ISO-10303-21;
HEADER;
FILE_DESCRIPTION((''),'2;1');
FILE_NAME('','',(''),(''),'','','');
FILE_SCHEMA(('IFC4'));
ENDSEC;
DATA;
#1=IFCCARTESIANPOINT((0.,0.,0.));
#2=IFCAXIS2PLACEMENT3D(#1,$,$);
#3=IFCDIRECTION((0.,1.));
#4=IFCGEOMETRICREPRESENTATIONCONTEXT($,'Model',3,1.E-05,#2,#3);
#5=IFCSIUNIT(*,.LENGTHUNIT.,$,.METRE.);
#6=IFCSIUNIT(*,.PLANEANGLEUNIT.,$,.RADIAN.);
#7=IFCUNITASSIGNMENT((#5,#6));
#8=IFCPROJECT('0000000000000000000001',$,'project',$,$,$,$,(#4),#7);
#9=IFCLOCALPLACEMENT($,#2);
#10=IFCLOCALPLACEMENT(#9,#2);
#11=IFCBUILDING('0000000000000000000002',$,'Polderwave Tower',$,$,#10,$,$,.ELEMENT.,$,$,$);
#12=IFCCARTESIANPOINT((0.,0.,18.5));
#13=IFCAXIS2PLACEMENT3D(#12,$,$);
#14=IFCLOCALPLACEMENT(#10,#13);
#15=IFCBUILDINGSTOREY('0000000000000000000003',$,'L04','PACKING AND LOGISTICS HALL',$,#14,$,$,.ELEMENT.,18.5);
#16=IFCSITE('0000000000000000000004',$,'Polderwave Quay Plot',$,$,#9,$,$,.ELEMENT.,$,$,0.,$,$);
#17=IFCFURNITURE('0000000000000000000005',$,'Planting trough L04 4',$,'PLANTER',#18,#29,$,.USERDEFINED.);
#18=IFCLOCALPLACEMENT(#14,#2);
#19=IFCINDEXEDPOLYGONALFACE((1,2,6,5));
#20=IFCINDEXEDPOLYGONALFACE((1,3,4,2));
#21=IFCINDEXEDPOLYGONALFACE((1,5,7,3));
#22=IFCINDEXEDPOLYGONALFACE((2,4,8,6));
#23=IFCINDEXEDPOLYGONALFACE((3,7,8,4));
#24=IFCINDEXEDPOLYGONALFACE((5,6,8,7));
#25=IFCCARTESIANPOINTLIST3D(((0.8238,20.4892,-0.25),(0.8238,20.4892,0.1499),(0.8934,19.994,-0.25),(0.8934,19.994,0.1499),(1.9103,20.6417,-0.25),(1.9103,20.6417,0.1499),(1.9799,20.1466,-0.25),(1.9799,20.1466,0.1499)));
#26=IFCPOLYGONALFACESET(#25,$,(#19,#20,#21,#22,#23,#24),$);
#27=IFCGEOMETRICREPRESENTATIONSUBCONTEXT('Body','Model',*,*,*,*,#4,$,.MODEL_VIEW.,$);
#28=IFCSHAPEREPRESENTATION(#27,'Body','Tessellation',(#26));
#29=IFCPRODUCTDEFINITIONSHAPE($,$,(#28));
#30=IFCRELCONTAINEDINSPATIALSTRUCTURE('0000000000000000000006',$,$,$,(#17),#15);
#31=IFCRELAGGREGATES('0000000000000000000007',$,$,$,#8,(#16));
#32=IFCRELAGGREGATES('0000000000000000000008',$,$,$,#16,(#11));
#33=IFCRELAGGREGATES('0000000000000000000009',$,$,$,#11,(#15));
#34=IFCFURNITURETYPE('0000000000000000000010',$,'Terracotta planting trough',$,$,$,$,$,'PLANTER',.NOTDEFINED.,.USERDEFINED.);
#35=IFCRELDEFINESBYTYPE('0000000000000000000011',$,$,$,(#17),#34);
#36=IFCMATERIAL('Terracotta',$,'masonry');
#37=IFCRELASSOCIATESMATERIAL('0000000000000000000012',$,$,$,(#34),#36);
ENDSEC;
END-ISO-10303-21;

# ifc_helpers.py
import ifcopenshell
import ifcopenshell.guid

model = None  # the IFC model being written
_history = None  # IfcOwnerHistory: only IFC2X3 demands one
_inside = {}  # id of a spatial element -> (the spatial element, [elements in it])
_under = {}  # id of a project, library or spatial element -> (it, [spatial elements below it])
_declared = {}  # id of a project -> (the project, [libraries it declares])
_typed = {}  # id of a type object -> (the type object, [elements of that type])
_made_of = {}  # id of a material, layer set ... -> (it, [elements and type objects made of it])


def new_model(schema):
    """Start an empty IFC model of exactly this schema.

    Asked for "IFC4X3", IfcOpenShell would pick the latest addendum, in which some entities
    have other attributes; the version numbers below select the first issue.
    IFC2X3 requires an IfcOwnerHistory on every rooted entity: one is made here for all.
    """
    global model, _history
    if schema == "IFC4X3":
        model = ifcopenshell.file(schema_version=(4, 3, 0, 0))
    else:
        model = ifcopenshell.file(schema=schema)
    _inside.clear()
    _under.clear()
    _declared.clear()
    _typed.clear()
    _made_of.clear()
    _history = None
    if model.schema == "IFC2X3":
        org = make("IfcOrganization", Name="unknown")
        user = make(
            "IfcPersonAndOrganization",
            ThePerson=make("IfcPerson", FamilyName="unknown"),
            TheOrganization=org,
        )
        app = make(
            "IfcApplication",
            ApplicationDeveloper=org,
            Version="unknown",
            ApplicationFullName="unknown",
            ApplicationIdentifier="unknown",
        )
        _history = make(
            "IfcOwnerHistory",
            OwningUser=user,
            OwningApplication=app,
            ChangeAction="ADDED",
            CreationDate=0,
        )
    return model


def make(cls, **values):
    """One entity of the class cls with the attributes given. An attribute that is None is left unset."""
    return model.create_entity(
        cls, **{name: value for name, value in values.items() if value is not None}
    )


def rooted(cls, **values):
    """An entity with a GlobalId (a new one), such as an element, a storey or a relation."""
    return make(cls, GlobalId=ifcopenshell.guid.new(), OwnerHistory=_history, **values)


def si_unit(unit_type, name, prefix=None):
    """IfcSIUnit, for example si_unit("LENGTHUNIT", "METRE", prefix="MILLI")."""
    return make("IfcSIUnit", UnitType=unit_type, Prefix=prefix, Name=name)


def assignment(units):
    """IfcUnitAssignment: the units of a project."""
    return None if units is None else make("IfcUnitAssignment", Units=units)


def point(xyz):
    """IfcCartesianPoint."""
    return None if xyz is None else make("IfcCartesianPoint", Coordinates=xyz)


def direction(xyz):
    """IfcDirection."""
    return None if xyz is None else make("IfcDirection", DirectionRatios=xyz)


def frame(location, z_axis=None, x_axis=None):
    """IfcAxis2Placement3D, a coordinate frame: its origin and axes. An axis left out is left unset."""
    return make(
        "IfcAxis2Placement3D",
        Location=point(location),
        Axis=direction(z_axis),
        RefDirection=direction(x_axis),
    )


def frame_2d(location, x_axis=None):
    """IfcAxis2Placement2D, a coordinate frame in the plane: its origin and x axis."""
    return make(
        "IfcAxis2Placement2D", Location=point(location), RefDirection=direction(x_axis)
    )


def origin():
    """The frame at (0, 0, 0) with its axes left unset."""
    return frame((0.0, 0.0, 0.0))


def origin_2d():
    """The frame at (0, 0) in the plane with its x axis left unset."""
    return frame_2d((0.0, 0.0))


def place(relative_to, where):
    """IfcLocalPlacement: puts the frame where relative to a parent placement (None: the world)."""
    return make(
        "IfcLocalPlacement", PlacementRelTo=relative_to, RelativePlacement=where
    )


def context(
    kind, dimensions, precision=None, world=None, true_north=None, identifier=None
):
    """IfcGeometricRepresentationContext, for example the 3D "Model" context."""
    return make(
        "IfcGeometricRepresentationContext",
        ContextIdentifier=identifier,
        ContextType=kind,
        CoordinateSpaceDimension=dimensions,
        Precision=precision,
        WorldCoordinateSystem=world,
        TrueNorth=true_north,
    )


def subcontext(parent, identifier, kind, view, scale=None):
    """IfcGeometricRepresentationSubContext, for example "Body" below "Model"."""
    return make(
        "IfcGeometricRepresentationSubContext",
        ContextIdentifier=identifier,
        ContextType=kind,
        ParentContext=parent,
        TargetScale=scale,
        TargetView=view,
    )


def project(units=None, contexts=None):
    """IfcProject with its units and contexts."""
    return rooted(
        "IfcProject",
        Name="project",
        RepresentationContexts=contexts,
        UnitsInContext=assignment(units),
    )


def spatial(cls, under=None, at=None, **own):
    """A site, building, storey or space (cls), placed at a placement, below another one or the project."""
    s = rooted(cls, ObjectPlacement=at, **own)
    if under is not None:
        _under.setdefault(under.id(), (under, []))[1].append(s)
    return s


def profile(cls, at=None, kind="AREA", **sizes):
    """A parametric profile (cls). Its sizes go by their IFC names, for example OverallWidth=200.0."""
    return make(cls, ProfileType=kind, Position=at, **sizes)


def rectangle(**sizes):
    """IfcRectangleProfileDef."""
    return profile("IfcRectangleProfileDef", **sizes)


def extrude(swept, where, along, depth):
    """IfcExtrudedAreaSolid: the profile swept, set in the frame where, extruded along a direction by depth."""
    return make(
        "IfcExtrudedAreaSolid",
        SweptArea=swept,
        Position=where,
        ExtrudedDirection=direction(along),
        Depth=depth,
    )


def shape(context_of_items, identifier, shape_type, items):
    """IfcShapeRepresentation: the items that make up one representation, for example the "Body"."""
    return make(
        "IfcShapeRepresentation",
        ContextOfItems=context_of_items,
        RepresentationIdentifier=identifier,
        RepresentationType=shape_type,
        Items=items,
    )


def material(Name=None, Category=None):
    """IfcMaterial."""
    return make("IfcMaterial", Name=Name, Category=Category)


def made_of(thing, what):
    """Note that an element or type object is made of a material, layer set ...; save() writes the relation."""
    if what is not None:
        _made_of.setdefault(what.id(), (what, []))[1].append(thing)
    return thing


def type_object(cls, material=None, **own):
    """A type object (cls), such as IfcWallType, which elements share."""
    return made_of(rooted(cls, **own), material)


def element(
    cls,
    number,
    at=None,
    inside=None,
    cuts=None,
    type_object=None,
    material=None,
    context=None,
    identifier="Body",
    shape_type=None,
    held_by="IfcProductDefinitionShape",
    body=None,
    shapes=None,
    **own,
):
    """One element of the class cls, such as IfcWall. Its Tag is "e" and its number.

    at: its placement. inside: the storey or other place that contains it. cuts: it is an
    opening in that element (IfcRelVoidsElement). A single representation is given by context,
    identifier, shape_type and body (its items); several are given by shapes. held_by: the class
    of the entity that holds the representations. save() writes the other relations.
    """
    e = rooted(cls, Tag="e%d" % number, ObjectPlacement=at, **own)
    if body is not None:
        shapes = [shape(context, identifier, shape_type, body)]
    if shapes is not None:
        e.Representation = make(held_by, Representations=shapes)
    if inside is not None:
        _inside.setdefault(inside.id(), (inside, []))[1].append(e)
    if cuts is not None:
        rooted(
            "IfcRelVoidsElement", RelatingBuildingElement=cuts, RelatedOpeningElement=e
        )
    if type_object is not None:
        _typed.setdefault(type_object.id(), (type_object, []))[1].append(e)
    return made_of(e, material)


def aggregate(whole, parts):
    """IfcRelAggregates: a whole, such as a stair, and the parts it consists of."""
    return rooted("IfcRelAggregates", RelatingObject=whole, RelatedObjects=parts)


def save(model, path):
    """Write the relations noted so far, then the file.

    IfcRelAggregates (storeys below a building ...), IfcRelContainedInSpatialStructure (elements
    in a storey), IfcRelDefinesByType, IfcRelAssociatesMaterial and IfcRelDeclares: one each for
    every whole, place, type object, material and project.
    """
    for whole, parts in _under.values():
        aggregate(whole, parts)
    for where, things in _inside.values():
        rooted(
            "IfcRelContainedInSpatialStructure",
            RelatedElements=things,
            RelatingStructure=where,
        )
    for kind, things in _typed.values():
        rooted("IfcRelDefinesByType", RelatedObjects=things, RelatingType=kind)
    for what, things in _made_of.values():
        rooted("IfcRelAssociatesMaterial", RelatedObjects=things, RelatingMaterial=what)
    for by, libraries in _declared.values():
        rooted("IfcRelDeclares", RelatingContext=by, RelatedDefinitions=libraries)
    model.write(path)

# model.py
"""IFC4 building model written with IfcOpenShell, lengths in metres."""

from ifc_helpers import new_model, si_unit, direction, frame, origin, origin_2d, place, context, subcontext, project, spatial, rectangle, extrude, material, type_object, element, save


model = new_model("IFC4")

# Units and contexts
model_context = context("Model", 3, precision=1e-05, world=origin(), true_north=direction((0.0, 1.0)))
body_context = subcontext(model_context, "Body", "Model", "MODEL_VIEW")
ifc_project = project(units=[si_unit("LENGTHUNIT", "METRE"), si_unit("PLANEANGLEUNIT", "RADIAN")], contexts=[model_context])

# Site, building, storey
site_placement = place(None, origin())
site = spatial("IfcSite", under=ifc_project, at=site_placement, Name="Polderwave Quay Plot", CompositionType="ELEMENT", RefElevation=0.0)
building_placement = place(site_placement, origin())
building = spatial("IfcBuilding", under=site, at=building_placement, Name="Polderwave Tower", CompositionType="ELEMENT")
storey_placement = place(building_placement, frame((0.0, 0.0, 18.5)))
storey = spatial("IfcBuildingStorey", under=building, at=storey_placement, Name="L04", Description="PACKING AND LOGISTICS HALL", CompositionType="ELEMENT", Elevation=18.5)

# Furniture
ifc_material_1 = material(Name="Terracotta", Category="masonry")
furniture_type = type_object("IfcFurnitureType", Name="Terracotta planting trough", ElementType="PLANTER", AssemblyPlace="NOTDEFINED", PredefinedType="USERDEFINED", material=ifc_material_1)
furniture_placement = place(storey_placement, frame((1.4019, 20.3179, -0.25), z_axis=(0.0, 0.0, 1.0), x_axis=(-0.990285, -0.13905, 0.0)))
element("IfcFurniture", 1, at=furniture_placement, inside=storey, type_object=furniture_type, Name="Planting trough L04 4", ObjectType="PLANTER", PredefinedType="USERDEFINED", context=body_context, shape_type="SweptSolid", body=[
    extrude(rectangle(XDim=1.0972, YDim=0.5, at=origin_2d()), origin(), (0.0, 0.0, 1.0), 0.3999),
])

save(model, "model.ifc")
